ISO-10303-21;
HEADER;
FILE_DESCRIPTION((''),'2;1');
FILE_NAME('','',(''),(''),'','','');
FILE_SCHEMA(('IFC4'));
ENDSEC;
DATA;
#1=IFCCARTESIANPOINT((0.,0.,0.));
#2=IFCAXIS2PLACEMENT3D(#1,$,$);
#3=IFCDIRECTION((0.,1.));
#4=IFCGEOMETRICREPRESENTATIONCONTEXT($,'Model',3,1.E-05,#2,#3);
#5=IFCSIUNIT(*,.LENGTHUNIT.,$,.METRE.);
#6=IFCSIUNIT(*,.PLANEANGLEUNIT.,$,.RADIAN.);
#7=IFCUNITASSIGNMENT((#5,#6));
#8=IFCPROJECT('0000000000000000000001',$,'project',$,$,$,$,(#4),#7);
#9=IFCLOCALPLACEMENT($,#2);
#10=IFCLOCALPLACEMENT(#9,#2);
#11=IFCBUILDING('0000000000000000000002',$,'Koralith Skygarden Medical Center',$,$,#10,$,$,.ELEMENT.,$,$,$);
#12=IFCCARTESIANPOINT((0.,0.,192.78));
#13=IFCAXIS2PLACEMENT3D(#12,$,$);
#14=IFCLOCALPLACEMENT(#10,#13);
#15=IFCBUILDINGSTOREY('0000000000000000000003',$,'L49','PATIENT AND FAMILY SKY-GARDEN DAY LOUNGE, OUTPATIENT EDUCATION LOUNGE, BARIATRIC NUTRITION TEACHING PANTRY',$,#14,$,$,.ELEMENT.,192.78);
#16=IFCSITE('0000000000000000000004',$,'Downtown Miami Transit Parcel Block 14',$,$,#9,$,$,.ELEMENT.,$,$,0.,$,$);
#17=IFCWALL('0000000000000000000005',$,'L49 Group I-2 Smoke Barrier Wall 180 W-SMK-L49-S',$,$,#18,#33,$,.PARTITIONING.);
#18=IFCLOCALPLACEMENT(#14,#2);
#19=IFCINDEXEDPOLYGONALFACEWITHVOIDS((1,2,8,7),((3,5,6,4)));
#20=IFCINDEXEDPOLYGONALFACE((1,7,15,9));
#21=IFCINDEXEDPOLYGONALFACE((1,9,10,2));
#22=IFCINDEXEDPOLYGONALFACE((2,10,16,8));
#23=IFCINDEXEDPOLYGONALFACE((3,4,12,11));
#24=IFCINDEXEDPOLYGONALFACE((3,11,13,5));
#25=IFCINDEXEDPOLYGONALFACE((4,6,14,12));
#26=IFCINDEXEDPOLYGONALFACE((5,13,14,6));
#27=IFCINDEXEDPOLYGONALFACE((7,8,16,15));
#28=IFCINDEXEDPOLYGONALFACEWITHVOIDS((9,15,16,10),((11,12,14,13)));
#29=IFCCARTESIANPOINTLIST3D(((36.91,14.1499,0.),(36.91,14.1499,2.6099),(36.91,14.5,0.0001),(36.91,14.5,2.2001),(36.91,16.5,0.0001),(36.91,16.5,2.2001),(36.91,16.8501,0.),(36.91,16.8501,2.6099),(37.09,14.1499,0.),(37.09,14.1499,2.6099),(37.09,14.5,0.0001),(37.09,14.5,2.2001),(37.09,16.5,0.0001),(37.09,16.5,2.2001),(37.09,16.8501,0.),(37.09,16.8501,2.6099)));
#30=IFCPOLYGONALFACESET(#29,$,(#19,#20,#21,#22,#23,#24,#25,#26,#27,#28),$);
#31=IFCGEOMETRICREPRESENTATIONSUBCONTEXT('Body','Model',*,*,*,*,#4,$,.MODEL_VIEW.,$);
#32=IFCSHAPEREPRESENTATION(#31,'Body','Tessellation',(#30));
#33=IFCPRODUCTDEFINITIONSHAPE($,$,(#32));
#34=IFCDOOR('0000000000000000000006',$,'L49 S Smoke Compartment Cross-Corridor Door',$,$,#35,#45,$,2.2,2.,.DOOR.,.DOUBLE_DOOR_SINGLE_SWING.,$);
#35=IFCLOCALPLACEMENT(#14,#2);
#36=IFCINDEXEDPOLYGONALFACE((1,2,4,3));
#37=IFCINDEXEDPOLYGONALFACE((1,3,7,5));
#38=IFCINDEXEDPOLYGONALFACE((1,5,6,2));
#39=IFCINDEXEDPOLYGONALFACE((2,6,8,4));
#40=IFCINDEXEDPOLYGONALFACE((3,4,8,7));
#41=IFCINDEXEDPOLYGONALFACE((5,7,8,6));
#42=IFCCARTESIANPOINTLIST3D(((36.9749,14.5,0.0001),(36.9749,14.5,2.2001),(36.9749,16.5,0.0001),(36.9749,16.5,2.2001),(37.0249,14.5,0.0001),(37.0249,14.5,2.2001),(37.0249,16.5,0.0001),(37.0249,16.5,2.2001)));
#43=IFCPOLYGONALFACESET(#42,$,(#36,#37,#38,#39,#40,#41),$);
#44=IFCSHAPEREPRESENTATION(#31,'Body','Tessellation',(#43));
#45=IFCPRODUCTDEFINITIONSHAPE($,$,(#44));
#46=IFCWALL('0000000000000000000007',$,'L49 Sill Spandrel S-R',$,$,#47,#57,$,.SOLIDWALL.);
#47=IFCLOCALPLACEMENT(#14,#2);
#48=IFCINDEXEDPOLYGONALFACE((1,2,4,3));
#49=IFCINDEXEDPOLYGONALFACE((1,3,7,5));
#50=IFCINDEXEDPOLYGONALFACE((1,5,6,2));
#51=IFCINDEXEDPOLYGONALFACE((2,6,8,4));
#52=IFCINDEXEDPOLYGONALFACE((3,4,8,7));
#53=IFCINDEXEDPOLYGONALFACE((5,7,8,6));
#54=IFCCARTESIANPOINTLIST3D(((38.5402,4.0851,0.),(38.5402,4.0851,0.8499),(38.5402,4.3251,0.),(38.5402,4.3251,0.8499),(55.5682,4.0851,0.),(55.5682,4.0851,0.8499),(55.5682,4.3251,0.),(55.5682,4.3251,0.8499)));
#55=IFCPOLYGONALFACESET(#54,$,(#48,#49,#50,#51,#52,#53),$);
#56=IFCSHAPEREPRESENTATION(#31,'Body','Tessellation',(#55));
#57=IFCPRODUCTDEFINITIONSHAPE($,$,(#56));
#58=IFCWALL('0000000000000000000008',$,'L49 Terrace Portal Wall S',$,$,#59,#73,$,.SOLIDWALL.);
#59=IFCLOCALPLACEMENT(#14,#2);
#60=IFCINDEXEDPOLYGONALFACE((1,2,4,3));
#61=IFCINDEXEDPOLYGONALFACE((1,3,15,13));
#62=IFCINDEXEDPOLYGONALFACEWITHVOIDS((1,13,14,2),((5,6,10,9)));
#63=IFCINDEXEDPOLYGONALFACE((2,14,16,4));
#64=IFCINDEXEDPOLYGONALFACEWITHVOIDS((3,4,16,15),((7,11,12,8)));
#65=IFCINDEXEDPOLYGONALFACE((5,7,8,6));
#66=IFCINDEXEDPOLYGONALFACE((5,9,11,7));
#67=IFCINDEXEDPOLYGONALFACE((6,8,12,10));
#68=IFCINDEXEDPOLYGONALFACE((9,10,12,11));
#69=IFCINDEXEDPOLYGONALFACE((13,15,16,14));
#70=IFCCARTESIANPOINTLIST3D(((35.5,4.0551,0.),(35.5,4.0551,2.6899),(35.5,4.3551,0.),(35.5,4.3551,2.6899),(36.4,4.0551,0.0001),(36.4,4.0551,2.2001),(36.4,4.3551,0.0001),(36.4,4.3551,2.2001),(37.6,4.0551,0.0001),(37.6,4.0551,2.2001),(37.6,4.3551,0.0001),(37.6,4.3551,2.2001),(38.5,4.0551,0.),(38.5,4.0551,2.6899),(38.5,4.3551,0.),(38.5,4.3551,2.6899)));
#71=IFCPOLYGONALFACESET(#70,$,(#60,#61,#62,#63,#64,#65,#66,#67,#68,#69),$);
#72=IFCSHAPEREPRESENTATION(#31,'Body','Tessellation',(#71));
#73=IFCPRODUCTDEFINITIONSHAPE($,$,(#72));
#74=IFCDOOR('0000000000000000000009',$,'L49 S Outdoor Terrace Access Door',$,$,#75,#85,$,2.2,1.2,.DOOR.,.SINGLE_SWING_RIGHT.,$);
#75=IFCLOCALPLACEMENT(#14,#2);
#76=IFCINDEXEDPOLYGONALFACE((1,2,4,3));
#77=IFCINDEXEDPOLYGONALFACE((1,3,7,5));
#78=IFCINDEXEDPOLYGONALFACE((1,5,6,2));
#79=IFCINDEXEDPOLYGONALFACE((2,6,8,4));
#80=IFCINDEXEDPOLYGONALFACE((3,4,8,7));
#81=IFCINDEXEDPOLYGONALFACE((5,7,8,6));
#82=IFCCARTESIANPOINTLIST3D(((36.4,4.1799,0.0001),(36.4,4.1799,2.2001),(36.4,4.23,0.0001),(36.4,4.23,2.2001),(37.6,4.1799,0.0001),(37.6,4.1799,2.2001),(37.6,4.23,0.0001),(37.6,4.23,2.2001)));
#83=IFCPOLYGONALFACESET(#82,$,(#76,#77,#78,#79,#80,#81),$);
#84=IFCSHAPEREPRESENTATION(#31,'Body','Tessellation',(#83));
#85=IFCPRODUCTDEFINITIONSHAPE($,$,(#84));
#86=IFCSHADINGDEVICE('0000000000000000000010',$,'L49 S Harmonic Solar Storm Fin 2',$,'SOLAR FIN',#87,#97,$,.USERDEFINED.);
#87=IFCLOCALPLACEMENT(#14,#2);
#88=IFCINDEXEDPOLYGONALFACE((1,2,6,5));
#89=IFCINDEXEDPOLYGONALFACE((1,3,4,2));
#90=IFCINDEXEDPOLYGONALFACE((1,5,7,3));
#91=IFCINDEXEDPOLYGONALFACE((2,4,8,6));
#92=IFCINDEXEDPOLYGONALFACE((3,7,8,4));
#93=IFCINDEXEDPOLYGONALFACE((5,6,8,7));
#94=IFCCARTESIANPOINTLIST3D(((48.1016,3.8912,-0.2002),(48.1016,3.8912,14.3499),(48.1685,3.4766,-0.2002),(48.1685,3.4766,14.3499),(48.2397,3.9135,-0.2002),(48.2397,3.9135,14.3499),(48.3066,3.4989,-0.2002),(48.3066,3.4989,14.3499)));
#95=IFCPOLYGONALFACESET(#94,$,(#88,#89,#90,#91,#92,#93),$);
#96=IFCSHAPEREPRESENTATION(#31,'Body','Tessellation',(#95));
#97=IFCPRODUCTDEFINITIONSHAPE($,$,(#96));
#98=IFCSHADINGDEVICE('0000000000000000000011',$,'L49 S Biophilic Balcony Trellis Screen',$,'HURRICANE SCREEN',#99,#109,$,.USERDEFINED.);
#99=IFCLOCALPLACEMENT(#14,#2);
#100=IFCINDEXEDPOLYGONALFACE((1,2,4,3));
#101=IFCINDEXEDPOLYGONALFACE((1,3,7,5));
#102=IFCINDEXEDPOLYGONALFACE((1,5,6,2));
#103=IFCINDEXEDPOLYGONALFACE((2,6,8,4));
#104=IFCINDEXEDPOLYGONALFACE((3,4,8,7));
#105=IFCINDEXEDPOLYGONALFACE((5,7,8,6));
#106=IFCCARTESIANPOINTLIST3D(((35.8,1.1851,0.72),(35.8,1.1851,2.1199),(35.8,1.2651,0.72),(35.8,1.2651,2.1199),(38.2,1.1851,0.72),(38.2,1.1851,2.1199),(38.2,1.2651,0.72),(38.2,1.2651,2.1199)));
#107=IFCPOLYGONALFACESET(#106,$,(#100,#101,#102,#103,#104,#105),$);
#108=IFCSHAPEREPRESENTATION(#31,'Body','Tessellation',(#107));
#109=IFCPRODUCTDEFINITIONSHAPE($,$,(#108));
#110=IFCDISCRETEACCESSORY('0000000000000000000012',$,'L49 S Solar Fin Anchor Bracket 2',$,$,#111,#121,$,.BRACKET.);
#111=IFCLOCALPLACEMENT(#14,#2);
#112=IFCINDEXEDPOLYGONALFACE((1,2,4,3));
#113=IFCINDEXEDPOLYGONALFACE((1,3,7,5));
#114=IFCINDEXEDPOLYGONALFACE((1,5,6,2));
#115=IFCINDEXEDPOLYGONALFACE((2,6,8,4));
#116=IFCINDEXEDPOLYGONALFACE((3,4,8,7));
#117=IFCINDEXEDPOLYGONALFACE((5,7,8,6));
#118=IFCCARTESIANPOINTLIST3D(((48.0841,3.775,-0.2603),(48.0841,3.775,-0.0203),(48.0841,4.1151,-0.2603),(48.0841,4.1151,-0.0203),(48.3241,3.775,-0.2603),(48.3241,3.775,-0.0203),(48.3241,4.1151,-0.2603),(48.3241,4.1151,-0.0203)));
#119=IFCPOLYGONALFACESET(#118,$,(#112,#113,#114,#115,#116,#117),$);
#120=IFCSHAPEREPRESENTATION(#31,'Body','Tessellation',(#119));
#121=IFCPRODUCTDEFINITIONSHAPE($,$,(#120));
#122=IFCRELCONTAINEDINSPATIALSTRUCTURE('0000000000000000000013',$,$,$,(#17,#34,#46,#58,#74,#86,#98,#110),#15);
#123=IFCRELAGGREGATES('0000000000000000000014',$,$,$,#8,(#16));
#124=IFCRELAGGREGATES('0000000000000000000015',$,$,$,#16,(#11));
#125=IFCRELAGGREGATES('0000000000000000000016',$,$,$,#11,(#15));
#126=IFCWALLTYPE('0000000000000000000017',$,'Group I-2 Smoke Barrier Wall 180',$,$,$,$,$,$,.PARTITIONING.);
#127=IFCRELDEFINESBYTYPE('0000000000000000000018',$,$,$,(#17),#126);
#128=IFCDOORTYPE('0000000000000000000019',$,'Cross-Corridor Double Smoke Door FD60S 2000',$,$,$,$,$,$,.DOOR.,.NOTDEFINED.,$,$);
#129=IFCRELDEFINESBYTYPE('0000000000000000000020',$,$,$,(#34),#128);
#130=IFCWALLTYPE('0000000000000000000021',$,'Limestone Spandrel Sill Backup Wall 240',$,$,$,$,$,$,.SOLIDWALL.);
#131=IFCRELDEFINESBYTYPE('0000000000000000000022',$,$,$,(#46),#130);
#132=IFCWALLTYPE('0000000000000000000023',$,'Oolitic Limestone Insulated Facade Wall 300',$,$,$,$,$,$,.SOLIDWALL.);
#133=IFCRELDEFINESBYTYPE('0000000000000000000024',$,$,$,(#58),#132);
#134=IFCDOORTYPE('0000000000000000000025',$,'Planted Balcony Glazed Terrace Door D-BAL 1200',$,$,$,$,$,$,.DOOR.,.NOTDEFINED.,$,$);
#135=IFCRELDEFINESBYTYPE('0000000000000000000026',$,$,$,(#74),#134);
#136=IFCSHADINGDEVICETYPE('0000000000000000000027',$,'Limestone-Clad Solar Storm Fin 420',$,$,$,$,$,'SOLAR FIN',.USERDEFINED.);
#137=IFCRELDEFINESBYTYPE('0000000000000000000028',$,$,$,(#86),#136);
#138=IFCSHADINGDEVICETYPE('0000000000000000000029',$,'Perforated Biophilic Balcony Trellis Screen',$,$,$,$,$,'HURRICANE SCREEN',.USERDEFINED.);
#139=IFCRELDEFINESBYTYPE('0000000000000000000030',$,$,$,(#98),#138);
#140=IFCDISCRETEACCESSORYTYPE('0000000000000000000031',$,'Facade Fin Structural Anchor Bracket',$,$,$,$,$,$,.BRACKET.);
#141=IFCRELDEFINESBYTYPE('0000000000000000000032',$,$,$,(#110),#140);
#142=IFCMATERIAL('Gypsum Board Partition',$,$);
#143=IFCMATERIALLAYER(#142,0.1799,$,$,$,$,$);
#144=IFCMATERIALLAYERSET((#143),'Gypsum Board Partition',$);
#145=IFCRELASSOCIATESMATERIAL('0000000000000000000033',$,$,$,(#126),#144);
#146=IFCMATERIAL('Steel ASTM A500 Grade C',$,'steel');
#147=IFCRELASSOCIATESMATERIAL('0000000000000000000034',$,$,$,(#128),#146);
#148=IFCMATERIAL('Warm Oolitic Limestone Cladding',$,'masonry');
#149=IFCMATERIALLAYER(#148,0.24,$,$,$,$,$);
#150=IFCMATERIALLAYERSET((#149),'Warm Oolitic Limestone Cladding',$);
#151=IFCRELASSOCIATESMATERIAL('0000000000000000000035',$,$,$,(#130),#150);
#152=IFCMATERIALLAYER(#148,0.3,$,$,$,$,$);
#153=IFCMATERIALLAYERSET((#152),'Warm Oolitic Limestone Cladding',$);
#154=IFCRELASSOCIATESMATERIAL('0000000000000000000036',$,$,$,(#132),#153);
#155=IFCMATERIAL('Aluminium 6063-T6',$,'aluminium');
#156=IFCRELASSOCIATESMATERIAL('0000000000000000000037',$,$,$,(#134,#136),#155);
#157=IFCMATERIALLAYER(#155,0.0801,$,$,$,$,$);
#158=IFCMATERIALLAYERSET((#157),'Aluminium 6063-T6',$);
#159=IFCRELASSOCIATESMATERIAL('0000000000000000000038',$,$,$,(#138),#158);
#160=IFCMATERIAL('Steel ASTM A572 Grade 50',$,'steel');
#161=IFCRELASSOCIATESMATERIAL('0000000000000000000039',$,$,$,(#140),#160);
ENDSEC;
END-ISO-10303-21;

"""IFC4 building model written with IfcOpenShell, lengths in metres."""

from ifc_helpers import new_model, si_unit, direction, frame, frame_2d, origin, origin_2d, place, context, subcontext, project, spatial, rectangle, extrude, material, layer, layer_set, type_object, element, fill, save


model = new_model("IFC4")

# Units and contexts
model_context = context("Model", 3, precision=1e-05, world=origin(), true_north=direction((0.0, 1.0)))
body_context = subcontext(model_context, "Body", "Model", "MODEL_VIEW")
ifc_project = project(units=[si_unit("LENGTHUNIT", "METRE"), si_unit("PLANEANGLEUNIT", "RADIAN")], contexts=[model_context])

# Site, building, storey
site_placement = place(None, origin())
site = spatial("IfcSite", under=ifc_project, at=site_placement, Name="Downtown Miami Transit Parcel Block 14", CompositionType="ELEMENT", RefElevation=0.0)
building_placement = place(site_placement, origin())
building = spatial("IfcBuilding", under=site, at=building_placement, Name="Koralith Skygarden Medical Center", CompositionType="ELEMENT")
storey_placement = place(building_placement, frame((0.0, 0.0, 192.78)))
storey = spatial("IfcBuildingStorey", under=building, at=storey_placement, Name="L49", Description="PATIENT AND FAMILY SKY-GARDEN DAY LOUNGE, OUTPATIENT EDUCATION LOUNGE, BARIATRIC NUTRITION TEACHING PANTRY", CompositionType="ELEMENT", Elevation=192.78)

# Shared definitions
ifc_material_1 = material(Name="Aluminium 6063-T6", Category="aluminium")

# Shared definitions
ifc_material_2 = material(Name="Gypsum Board Partition")

# Wall, opening, door
ifc_layer_1 = layer(ifc_material_2, 0.1799)
ifc_layer_set_1 = layer_set([ifc_layer_1], Name="Gypsum Board Partition")
wall_type_1 = type_object("IfcWallType", Name="Group I-2 Smoke Barrier Wall 180", PredefinedType="PARTITIONING", material=ifc_layer_set_1)
wall_1_placement = place(storey_placement, frame((37.0, 14.1499, 0.0), z_axis=(0.0, 0.0, 1.0), x_axis=(0.0, 1.0, 0.0)))
wall_1 = element("IfcWall", 1, at=wall_1_placement, inside=storey, type_object=wall_type_1, Name="L49 Group I-2 Smoke Barrier Wall 180 W-SMK-L49-S", PredefinedType="PARTITIONING", context=body_context, shape_type="SweptSolid", body=[
    extrude(rectangle(XDim=2.7002, YDim=0.1799, at=frame_2d((1.3501, 0.0))), origin(), (0.0, 0.0, 1.0), 2.6099),
])
opening_1_placement = place(wall_1_placement, frame((0.3501, 0.0, 0.0)))
opening_1 = element("IfcOpeningElement", 2, at=opening_1_placement, cuts=wall_1, PredefinedType="OPENING", context=body_context, shape_type="SweptSolid", body=[
    extrude(rectangle(XDim=2.0, YDim=2.2, at=frame_2d((1.0, 1.1001))), frame((0.0, 0.0999, 0.0), z_axis=(0.0, -1.0, 0.0), x_axis=(1.0, 0.0, 0.0)), (0.0, 0.0, 1.0), 0.2),
])
ifc_material_3 = material(Name="Steel ASTM A500 Grade C", Category="steel")
door_type_1 = type_object("IfcDoorType", Name="Cross-Corridor Double Smoke Door FD60S 2000", OperationType="NOTDEFINED", PredefinedType="DOOR", material=ifc_material_3)
door_1_placement = place(opening_1_placement, frame((2.0, 0.0, 0.0), z_axis=(0.0, 0.0, 1.0), x_axis=(-1.0, 0.0, 0.0)))
door_1 = element("IfcDoor", 3, at=door_1_placement, inside=storey, type_object=door_type_1, Name="L49 S Smoke Compartment Cross-Corridor Door", OperationType="DOUBLE_DOOR_SINGLE_SWING", OverallHeight=2.2, OverallWidth=2.0, PredefinedType="DOOR", context=body_context, shape_type="SweptSolid", body=[
    extrude(rectangle(XDim=2.0, YDim=2.2, at=frame_2d((1.0, 1.1001))), frame((0.0, 0.0249, 0.0), z_axis=(0.0, -1.0, 0.0), x_axis=(1.0, 0.0, 0.0)), (0.0, 0.0, 1.0), 0.05),
])
fill(opening_1, door_1)

# Wall
ifc_material_4 = material(Name="Warm Oolitic Limestone Cladding", Category="masonry")
ifc_layer_2 = layer(ifc_material_4, 0.24)
ifc_layer_set_2 = layer_set([ifc_layer_2], Name="Warm Oolitic Limestone Cladding")
wall_type_2 = type_object("IfcWallType", Name="Limestone Spandrel Sill Backup Wall 240", PredefinedType="SOLIDWALL", material=ifc_layer_set_2)
wall_2_placement = place(storey_placement, frame((38.54, 4.2051, 0.0), z_axis=(0.0, 0.0, 1.0), x_axis=(1.0, 0.0, 0.0)))
element("IfcWall", 4, at=wall_2_placement, inside=storey, type_object=wall_type_2, Name="L49 Sill Spandrel S-R", PredefinedType="SOLIDWALL", context=body_context, shape_type="SweptSolid", body=[
    extrude(rectangle(XDim=17.0281, YDim=0.24, at=frame_2d((8.5142, 0.0))), origin(), (0.0, 0.0, 1.0), 0.8499),
])

# Wall, opening, door
ifc_layer_3 = layer(ifc_material_4, 0.3)
ifc_layer_set_3 = layer_set([ifc_layer_3], Name="Warm Oolitic Limestone Cladding")
wall_type_3 = type_object("IfcWallType", Name="Oolitic Limestone Insulated Facade Wall 300", PredefinedType="SOLIDWALL", material=ifc_layer_set_3)
wall_3_placement = place(storey_placement, frame((35.5, 4.2051, 0.0), z_axis=(0.0, 0.0, 1.0), x_axis=(1.0, 0.0, 0.0)))
wall_3 = element("IfcWall", 5, at=wall_3_placement, inside=storey, type_object=wall_type_3, Name="L49 Terrace Portal Wall S", PredefinedType="SOLIDWALL", context=body_context, shape_type="SweptSolid", body=[
    extrude(rectangle(XDim=3.0, YDim=0.3, at=frame_2d((1.5, 0.0))), origin(), (0.0, 0.0, 1.0), 2.6899),
])
opening_2_placement = place(wall_3_placement, frame((0.8999, 0.0, 0.0)))
opening_2 = element("IfcOpeningElement", 6, at=opening_2_placement, cuts=wall_3, PredefinedType="OPENING", context=body_context, shape_type="SweptSolid", body=[
    extrude(rectangle(XDim=1.2, YDim=2.2, at=frame_2d((0.6001, 1.1001))), frame((0.0, 0.1599, 0.0), z_axis=(0.0, -1.0, 0.0), x_axis=(1.0, 0.0, 0.0)), (0.0, 0.0, 1.0), 0.3201),
])
door_type_2 = type_object("IfcDoorType", Name="Planted Balcony Glazed Terrace Door D-BAL 1200", OperationType="NOTDEFINED", PredefinedType="DOOR", material=ifc_material_1)
door_2_placement = place(opening_2_placement, origin())
door_2 = element("IfcDoor", 7, at=door_2_placement, inside=storey, type_object=door_type_2, Name="L49 S Outdoor Terrace Access Door", OperationType="SINGLE_SWING_RIGHT", OverallHeight=2.2, OverallWidth=1.2, PredefinedType="DOOR", context=body_context, shape_type="SweptSolid", body=[
    extrude(rectangle(XDim=1.2, YDim=2.2, at=frame_2d((0.6001, 1.1001))), frame((0.0, 0.0249, 0.0), z_axis=(0.0, -1.0, 0.0), x_axis=(1.0, 0.0, 0.0)), (0.0, 0.0, 1.0), 0.05),
])
fill(opening_2, door_2)

# Shading devices
shading_device_type_1 = type_object("IfcShadingDeviceType", Name="Limestone-Clad Solar Storm Fin 420", ElementType="SOLAR FIN", PredefinedType="USERDEFINED", material=ifc_material_1)
shading_device_1_placement = place(storey_placement, frame((48.2041, 3.6951, -0.2002), z_axis=(0.0, 0.0, 1.0), x_axis=(0.159313, -0.987228, 0.0)))
element("IfcShadingDevice", 8, at=shading_device_1_placement, inside=storey, type_object=shading_device_type_1, Name="L49 S Harmonic Solar Storm Fin 2", ObjectType="SOLAR FIN", PredefinedType="USERDEFINED", context=body_context, shape_type="SweptSolid", body=[
    extrude(rectangle(XDim=0.4199, YDim=0.1399, at=origin_2d()), origin(), (0.0, 0.0, 1.0), 14.55),
])
ifc_layer_4 = layer(ifc_material_1, 0.0801)
ifc_layer_set_4 = layer_set([ifc_layer_4], Name="Aluminium 6063-T6")
shading_device_type_2 = type_object("IfcShadingDeviceType", Name="Perforated Biophilic Balcony Trellis Screen", ElementType="HURRICANE SCREEN", PredefinedType="USERDEFINED", material=ifc_layer_set_4)
shading_device_2_placement = place(storey_placement, frame((37.0, 1.2251, 0.72), z_axis=(0.0, 0.0, 1.0), x_axis=(1.0, 0.0, 0.0)))
element("IfcShadingDevice", 9, at=shading_device_2_placement, inside=storey, type_object=shading_device_type_2, Name="L49 S Biophilic Balcony Trellis Screen", ObjectType="HURRICANE SCREEN", PredefinedType="USERDEFINED", context=body_context, shape_type="SweptSolid", body=[
    extrude(rectangle(XDim=2.3999, YDim=0.0801, at=origin_2d()), origin(), (0.0, 0.0, 1.0), 1.3999),
])

# Discrete accessory
ifc_material_5 = material(Name="Steel ASTM A572 Grade 50", Category="steel")
discrete_accessory_type = type_object("IfcDiscreteAccessoryType", Name="Facade Fin Structural Anchor Bracket", PredefinedType="BRACKET", material=ifc_material_5)
discrete_accessory_placement = place(storey_placement, frame((48.2041, 3.9451, -0.2603), z_axis=(0.0, 0.0, 1.0), x_axis=(0.0, -1.0, 0.0)))
element("IfcDiscreteAccessory", 10, at=discrete_accessory_placement, inside=storey, type_object=discrete_accessory_type, Name="L49 S Solar Fin Anchor Bracket 2", PredefinedType="BRACKET", context=body_context, shape_type="SweptSolid", body=[
    extrude(rectangle(XDim=0.3401, YDim=0.24, at=origin_2d()), origin(), (0.0, 0.0, 1.0), 0.24),
])

save(model, "model.ifc")
